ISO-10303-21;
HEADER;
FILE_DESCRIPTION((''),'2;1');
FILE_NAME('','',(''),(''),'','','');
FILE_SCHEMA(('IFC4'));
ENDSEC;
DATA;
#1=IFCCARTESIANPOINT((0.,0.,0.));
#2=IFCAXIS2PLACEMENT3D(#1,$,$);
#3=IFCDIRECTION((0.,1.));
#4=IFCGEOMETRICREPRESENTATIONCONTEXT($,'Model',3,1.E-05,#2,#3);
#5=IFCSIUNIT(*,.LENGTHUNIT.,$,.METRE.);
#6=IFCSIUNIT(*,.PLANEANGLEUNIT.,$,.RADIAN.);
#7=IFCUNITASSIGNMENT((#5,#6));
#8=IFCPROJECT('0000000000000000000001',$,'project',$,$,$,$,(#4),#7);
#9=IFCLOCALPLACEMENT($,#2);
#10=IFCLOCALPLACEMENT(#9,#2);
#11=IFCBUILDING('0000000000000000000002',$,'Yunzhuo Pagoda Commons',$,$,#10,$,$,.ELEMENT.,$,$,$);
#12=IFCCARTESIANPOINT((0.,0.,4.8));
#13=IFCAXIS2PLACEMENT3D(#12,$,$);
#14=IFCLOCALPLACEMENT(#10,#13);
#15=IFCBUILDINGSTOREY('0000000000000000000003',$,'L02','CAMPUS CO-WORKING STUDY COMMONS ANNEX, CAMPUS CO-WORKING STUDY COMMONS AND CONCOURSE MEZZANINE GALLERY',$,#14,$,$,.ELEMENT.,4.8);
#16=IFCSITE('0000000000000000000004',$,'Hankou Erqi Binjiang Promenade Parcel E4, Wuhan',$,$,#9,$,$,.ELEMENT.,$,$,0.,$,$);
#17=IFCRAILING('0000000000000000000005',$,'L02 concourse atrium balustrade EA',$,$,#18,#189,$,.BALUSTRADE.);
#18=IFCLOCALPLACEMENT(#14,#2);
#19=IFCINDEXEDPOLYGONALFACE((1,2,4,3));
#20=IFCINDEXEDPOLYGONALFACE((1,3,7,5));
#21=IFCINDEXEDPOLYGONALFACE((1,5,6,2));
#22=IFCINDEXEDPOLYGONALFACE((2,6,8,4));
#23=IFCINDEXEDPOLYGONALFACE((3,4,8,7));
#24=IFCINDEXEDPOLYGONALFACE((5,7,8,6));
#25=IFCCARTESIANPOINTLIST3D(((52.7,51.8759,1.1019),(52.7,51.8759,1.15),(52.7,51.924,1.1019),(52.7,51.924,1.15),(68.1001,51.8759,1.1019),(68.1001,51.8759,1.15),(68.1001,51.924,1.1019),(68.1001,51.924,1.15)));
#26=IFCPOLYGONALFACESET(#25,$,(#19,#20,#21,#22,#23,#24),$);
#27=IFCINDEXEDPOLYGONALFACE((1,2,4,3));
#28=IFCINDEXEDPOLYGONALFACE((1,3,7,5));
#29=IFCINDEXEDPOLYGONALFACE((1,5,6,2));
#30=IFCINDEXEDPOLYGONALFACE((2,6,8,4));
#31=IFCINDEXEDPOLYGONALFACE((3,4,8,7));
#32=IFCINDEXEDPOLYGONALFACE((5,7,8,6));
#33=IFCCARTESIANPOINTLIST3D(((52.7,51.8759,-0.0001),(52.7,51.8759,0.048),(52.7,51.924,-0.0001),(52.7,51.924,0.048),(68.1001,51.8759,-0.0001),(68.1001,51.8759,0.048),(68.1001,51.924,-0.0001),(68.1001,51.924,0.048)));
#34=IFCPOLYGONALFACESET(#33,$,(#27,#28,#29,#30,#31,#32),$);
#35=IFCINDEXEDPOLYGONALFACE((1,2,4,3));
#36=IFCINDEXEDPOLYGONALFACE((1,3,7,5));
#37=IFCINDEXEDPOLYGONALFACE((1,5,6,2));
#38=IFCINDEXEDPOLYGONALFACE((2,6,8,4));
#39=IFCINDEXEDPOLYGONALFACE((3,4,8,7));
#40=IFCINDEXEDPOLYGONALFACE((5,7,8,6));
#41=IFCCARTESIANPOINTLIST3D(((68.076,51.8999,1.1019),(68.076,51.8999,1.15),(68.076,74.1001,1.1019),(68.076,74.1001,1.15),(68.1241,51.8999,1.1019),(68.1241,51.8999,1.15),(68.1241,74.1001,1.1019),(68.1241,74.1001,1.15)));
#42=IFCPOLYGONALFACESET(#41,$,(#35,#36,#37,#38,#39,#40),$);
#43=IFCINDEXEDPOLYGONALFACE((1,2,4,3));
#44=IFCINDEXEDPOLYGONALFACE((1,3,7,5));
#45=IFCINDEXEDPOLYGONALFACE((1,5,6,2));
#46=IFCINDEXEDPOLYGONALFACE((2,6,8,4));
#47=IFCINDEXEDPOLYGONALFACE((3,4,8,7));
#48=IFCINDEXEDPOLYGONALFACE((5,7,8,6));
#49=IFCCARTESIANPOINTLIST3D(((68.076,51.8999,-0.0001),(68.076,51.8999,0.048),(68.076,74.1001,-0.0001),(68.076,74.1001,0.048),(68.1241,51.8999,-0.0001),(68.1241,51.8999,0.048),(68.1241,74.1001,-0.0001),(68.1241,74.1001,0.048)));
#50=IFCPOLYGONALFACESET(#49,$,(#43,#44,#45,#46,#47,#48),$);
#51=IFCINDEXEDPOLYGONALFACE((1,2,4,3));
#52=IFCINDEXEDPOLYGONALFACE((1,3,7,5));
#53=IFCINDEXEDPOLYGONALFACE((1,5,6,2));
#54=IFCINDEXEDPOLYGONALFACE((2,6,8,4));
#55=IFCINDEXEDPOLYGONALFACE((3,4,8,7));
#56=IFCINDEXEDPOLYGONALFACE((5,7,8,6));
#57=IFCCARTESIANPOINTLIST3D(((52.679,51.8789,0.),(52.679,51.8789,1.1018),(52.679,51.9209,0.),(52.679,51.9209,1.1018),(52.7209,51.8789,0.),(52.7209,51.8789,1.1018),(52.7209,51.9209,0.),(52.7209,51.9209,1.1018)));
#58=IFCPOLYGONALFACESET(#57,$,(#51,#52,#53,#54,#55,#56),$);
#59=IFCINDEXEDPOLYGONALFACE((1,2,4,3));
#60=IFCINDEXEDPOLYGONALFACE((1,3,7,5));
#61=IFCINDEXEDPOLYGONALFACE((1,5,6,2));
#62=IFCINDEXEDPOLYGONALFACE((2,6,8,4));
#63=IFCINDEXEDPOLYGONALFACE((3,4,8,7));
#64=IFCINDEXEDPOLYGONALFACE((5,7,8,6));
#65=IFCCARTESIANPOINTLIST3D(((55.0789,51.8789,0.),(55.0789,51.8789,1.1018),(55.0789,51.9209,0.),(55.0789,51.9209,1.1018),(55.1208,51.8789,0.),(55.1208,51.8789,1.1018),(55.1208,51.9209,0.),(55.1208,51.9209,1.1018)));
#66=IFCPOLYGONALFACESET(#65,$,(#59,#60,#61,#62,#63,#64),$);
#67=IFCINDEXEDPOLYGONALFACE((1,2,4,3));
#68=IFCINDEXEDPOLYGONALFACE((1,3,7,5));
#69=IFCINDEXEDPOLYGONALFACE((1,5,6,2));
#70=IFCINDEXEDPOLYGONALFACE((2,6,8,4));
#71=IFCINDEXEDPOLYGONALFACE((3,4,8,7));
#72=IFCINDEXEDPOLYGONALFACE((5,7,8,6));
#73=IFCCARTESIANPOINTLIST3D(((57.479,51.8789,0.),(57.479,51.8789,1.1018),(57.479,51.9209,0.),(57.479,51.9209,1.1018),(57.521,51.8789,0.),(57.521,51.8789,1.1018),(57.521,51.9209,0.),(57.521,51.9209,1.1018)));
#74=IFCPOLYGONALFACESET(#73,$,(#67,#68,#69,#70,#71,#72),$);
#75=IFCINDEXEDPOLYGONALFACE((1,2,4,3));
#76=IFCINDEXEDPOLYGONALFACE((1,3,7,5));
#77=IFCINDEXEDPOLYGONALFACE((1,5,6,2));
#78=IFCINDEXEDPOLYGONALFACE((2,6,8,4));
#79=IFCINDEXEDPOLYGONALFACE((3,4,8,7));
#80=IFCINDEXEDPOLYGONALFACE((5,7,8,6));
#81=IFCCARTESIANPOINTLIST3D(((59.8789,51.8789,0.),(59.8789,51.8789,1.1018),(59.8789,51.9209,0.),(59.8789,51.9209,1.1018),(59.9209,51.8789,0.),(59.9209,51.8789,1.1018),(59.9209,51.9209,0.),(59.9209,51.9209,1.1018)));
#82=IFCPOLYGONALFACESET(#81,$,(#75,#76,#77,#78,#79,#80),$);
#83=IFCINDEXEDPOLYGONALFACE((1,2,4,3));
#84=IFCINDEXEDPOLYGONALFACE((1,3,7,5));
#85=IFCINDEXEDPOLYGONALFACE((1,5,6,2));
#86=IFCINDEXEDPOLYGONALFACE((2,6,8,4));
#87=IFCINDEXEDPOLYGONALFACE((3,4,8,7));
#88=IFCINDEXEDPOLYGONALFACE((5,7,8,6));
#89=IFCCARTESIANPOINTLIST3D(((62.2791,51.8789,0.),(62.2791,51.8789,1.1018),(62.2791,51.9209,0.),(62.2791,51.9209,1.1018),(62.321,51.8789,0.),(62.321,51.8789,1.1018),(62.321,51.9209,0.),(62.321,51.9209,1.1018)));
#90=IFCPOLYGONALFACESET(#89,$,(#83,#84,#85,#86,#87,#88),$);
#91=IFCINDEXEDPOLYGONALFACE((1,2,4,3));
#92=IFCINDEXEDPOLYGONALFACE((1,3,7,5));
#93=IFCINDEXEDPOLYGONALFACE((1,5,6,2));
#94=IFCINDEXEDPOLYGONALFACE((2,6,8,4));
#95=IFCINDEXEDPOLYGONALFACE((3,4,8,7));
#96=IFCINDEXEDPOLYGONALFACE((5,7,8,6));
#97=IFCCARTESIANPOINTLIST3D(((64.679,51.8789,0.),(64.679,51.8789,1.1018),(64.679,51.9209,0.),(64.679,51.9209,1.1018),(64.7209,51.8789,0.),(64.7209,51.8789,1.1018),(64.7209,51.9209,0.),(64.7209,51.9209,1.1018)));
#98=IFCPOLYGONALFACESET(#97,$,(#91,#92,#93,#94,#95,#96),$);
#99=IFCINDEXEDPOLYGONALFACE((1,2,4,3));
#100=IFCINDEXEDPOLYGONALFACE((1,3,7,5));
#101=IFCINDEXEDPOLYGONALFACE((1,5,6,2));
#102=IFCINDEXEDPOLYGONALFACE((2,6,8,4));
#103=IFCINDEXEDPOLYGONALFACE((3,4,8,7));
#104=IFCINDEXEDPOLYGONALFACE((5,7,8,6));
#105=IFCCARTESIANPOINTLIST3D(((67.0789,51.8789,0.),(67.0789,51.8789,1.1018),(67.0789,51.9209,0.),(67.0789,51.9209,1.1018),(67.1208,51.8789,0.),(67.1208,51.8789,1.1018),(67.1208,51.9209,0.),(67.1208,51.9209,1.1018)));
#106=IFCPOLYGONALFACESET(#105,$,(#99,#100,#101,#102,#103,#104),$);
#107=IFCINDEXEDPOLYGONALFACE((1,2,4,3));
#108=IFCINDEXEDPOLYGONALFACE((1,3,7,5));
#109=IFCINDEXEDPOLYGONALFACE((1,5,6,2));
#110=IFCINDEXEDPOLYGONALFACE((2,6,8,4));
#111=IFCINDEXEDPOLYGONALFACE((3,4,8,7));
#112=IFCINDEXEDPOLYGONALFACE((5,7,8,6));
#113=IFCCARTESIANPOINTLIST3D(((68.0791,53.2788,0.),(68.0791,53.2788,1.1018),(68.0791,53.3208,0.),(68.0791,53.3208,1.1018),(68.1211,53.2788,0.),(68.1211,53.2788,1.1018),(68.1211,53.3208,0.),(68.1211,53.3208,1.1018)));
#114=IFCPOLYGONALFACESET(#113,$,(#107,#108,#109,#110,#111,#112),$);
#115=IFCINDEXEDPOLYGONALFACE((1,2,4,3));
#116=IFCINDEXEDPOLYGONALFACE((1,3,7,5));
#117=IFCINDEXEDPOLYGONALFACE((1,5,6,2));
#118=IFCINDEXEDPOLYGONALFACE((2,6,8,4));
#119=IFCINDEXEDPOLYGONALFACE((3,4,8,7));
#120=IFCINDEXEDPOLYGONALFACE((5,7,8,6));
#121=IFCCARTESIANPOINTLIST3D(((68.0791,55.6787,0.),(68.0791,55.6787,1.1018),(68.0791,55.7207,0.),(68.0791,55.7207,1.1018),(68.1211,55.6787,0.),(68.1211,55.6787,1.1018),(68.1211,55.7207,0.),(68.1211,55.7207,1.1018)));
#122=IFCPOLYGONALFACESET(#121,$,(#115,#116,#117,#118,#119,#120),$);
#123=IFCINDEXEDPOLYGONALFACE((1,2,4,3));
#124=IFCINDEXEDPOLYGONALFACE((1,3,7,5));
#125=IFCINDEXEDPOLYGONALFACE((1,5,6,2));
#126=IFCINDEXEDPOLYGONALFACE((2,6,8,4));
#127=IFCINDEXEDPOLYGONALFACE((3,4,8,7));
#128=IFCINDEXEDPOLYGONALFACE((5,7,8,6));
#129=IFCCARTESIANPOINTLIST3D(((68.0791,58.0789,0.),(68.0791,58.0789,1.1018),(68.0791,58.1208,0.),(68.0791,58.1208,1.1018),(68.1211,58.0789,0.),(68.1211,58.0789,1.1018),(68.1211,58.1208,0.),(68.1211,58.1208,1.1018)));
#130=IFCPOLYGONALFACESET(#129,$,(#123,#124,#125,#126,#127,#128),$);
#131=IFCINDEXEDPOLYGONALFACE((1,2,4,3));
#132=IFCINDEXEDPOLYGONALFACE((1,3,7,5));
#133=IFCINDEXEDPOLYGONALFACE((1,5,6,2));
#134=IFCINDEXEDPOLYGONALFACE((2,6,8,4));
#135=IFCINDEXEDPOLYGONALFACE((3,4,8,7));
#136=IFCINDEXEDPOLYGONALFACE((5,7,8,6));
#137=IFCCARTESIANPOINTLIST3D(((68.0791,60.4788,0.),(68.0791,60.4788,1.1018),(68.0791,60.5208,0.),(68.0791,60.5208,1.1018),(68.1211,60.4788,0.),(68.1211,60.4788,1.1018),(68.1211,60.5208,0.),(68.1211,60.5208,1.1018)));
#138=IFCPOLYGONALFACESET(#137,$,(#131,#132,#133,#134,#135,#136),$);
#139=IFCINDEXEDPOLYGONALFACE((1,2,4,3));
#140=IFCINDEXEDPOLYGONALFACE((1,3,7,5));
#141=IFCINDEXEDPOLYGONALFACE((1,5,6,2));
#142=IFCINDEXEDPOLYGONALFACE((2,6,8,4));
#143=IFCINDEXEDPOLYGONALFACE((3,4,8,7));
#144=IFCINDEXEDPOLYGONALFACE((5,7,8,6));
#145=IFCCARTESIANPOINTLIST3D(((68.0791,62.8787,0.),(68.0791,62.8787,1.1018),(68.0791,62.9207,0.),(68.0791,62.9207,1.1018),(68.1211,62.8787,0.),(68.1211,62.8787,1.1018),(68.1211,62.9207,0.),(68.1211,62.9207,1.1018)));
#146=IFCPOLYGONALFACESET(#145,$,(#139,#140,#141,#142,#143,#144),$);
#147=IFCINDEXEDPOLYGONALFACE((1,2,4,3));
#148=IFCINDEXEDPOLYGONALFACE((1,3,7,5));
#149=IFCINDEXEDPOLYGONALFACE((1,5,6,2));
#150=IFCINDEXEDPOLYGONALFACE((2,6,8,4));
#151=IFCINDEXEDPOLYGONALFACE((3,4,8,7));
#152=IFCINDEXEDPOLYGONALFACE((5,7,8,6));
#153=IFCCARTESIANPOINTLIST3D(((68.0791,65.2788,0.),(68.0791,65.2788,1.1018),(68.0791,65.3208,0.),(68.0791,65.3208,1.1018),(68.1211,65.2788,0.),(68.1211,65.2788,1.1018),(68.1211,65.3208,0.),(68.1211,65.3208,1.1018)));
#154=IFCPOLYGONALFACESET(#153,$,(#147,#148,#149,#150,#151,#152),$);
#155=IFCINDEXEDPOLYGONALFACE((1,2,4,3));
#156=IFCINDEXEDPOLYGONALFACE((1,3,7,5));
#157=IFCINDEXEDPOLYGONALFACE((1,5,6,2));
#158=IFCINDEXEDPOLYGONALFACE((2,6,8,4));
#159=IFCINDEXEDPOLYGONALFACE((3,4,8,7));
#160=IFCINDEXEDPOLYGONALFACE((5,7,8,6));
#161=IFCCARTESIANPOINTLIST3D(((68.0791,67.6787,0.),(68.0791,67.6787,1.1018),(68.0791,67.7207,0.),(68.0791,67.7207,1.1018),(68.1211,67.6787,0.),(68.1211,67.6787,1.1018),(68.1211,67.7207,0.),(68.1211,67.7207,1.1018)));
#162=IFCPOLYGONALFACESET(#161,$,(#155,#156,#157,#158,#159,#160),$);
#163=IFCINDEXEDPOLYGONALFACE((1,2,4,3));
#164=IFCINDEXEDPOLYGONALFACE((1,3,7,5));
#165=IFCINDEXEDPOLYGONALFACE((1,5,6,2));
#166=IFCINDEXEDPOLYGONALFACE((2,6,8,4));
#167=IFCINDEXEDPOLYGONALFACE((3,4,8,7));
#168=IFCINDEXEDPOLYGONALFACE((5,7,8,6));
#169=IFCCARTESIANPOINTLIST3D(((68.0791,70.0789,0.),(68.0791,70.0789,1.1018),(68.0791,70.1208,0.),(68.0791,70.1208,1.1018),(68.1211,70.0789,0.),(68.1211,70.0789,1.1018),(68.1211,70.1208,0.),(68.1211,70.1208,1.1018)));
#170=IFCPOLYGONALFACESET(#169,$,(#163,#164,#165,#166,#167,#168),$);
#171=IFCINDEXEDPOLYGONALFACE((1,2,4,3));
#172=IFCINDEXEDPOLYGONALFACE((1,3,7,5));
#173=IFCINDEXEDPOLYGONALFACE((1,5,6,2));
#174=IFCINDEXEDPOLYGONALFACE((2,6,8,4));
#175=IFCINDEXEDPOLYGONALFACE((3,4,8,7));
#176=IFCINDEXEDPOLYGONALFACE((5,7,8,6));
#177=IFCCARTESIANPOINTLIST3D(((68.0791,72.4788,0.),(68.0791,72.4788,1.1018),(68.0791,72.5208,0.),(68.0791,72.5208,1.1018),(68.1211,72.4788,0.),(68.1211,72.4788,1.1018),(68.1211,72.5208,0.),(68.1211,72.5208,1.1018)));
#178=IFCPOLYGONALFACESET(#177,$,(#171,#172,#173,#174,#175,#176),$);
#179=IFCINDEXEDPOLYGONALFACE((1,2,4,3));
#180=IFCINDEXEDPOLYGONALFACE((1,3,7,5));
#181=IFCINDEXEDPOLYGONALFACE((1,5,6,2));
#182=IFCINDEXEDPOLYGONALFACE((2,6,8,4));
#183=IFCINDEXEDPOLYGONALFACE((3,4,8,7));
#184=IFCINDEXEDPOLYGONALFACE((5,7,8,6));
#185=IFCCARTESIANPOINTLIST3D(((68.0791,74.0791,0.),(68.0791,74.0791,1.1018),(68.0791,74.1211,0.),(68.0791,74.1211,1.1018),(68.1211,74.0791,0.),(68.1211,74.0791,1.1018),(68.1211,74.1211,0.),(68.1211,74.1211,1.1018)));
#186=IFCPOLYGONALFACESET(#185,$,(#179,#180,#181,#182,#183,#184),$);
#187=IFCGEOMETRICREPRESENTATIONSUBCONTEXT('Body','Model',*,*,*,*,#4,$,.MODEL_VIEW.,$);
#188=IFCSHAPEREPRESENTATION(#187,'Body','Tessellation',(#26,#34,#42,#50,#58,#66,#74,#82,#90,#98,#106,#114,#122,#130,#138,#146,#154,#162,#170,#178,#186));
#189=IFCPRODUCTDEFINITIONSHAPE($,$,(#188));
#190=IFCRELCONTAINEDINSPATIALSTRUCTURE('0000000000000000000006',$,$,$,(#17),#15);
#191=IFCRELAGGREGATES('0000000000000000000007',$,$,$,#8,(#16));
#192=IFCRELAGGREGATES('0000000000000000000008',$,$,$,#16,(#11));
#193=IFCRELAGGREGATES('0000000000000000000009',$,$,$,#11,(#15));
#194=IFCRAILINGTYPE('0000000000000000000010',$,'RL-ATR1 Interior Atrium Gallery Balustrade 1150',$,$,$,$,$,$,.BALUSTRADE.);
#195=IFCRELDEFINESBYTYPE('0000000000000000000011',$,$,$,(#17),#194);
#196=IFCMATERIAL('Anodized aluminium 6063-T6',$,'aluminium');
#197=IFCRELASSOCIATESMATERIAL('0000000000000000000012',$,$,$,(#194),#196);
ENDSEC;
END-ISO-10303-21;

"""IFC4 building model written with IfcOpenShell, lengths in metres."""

from ifc_helpers import new_model, si_unit, direction, frame, origin, origin_2d, place, context, subcontext, project, spatial, rectangle, extrude, material, type_object, element, save


model = new_model("IFC4")

# Units and contexts
model_context = context("Model", 3, precision=1e-05, world=origin(), true_north=direction((0.0, 1.0)))
body_context = subcontext(model_context, "Body", "Model", "MODEL_VIEW")
ifc_project = project(units=[si_unit("LENGTHUNIT", "METRE"), si_unit("PLANEANGLEUNIT", "RADIAN")], contexts=[model_context])

# Site, building, storey
site_placement = place(None, origin())
site = spatial("IfcSite", under=ifc_project, at=site_placement, Name="Hankou Erqi Binjiang Promenade Parcel E4, Wuhan", CompositionType="ELEMENT", RefElevation=0.0)
building_placement = place(site_placement, origin())
building = spatial("IfcBuilding", under=site, at=building_placement, Name="Yunzhuo Pagoda Commons", CompositionType="ELEMENT")
storey_placement = place(building_placement, frame((0.0, 0.0, 4.8)))
storey = spatial("IfcBuildingStorey", under=building, at=storey_placement, Name="L02", Description="CAMPUS CO-WORKING STUDY COMMONS ANNEX, CAMPUS CO-WORKING STUDY COMMONS AND CONCOURSE MEZZANINE GALLERY", CompositionType="ELEMENT", Elevation=4.8)

# Railing
ifc_material_1 = material(Name="Anodized aluminium 6063-T6", Category="aluminium")
railing_type_1 = type_object("IfcRailingType", Name="RL-ATR1 Interior Atrium Gallery Balustrade 1150", PredefinedType="BALUSTRADE", material=ifc_material_1)
railing_1_placement = place(storey_placement, frame((52.7, 51.8999, 0.0)))
element("IfcRailing", 1, at=railing_1_placement, inside=storey, type_object=railing_type_1, Name="L02 concourse atrium balustrade EA", PredefinedType="BALUSTRADE", context=body_context, shape_type="SweptSolid", body=[
    extrude(rectangle(XDim=0.0481, YDim=0.0481, at=origin_2d()), frame((0.0, 0.0, 1.126), z_axis=(1.0, 0.0, 0.0), x_axis=(0.0, 1.0, 0.0)), (0.0, 0.0, 1.0), 15.4001),
    extrude(rectangle(XDim=0.0481, YDim=0.0481, at=origin_2d()), frame((0.0, 0.0, 0.0239), z_axis=(1.0, 0.0, 0.0), x_axis=(0.0, 1.0, 0.0)), (0.0, 0.0, 1.0), 15.4001),
    extrude(rectangle(XDim=0.0481, YDim=0.0481, at=origin_2d()), frame((15.4001, 0.0, 1.126), z_axis=(0.0, 1.0, 0.0), x_axis=(-1.0, 0.0, 0.0)), (0.0, 0.0, 1.0), 22.2002),
    extrude(rectangle(XDim=0.0481, YDim=0.0481, at=origin_2d()), frame((15.4001, 0.0, 0.0239), z_axis=(0.0, 1.0, 0.0), x_axis=(-1.0, 0.0, 0.0)), (0.0, 0.0, 1.0), 22.2002),
    extrude(rectangle(XDim=0.042, YDim=0.042, at=origin_2d()), origin(), (0.0, 0.0, 1.0), 1.1018),
    extrude(rectangle(XDim=0.042, YDim=0.042, at=origin_2d()), frame((2.3999, 0.0, 0.0)), (0.0, 0.0, 1.0), 1.1018),
    extrude(rectangle(XDim=0.042, YDim=0.042, at=origin_2d()), frame((4.8, 0.0, 0.0)), (0.0, 0.0, 1.0), 1.1018),
    extrude(rectangle(XDim=0.042, YDim=0.042, at=origin_2d()), frame((7.2, 0.0, 0.0)), (0.0, 0.0, 1.0), 1.1018),
    extrude(rectangle(XDim=0.042, YDim=0.042, at=origin_2d()), frame((9.6001, 0.0, 0.0)), (0.0, 0.0, 1.0), 1.1018),
    extrude(rectangle(XDim=0.042, YDim=0.042, at=origin_2d()), frame((12.0, 0.0, 0.0)), (0.0, 0.0, 1.0), 1.1018),
    extrude(rectangle(XDim=0.042, YDim=0.042, at=origin_2d()), frame((14.3999, 0.0, 0.0)), (0.0, 0.0, 1.0), 1.1018),
    extrude(rectangle(XDim=0.042, YDim=0.042, at=origin_2d()), frame((15.4001, 1.3999, 0.0)), (0.0, 0.0, 1.0), 1.1018),
    extrude(rectangle(XDim=0.042, YDim=0.042, at=origin_2d()), frame((15.4001, 3.7998, 0.0)), (0.0, 0.0, 1.0), 1.1018),
    extrude(rectangle(XDim=0.042, YDim=0.042, at=origin_2d()), frame((15.4001, 6.2, 0.0)), (0.0, 0.0, 1.0), 1.1018),
    extrude(rectangle(XDim=0.042, YDim=0.042, at=origin_2d()), frame((15.4001, 8.5999, 0.0)), (0.0, 0.0, 1.0), 1.1018),
    extrude(rectangle(XDim=0.042, YDim=0.042, at=origin_2d()), frame((15.4001, 10.9998, 0.0)), (0.0, 0.0, 1.0), 1.1018),
    extrude(rectangle(XDim=0.042, YDim=0.042, at=origin_2d()), frame((15.4001, 13.3999, 0.0)), (0.0, 0.0, 1.0), 1.1018),
    extrude(rectangle(XDim=0.042, YDim=0.042, at=origin_2d()), frame((15.4001, 15.7998, 0.0)), (0.0, 0.0, 1.0), 1.1018),
    extrude(rectangle(XDim=0.042, YDim=0.042, at=origin_2d()), frame((15.4001, 18.2, 0.0)), (0.0, 0.0, 1.0), 1.1018),
    extrude(rectangle(XDim=0.042, YDim=0.042, at=origin_2d()), frame((15.4001, 20.5999, 0.0)), (0.0, 0.0, 1.0), 1.1018),
    extrude(rectangle(XDim=0.042, YDim=0.042, at=origin_2d()), frame((15.4001, 22.2002, 0.0)), (0.0, 0.0, 1.0), 1.1018),
])

save(model, "model.ifc")
